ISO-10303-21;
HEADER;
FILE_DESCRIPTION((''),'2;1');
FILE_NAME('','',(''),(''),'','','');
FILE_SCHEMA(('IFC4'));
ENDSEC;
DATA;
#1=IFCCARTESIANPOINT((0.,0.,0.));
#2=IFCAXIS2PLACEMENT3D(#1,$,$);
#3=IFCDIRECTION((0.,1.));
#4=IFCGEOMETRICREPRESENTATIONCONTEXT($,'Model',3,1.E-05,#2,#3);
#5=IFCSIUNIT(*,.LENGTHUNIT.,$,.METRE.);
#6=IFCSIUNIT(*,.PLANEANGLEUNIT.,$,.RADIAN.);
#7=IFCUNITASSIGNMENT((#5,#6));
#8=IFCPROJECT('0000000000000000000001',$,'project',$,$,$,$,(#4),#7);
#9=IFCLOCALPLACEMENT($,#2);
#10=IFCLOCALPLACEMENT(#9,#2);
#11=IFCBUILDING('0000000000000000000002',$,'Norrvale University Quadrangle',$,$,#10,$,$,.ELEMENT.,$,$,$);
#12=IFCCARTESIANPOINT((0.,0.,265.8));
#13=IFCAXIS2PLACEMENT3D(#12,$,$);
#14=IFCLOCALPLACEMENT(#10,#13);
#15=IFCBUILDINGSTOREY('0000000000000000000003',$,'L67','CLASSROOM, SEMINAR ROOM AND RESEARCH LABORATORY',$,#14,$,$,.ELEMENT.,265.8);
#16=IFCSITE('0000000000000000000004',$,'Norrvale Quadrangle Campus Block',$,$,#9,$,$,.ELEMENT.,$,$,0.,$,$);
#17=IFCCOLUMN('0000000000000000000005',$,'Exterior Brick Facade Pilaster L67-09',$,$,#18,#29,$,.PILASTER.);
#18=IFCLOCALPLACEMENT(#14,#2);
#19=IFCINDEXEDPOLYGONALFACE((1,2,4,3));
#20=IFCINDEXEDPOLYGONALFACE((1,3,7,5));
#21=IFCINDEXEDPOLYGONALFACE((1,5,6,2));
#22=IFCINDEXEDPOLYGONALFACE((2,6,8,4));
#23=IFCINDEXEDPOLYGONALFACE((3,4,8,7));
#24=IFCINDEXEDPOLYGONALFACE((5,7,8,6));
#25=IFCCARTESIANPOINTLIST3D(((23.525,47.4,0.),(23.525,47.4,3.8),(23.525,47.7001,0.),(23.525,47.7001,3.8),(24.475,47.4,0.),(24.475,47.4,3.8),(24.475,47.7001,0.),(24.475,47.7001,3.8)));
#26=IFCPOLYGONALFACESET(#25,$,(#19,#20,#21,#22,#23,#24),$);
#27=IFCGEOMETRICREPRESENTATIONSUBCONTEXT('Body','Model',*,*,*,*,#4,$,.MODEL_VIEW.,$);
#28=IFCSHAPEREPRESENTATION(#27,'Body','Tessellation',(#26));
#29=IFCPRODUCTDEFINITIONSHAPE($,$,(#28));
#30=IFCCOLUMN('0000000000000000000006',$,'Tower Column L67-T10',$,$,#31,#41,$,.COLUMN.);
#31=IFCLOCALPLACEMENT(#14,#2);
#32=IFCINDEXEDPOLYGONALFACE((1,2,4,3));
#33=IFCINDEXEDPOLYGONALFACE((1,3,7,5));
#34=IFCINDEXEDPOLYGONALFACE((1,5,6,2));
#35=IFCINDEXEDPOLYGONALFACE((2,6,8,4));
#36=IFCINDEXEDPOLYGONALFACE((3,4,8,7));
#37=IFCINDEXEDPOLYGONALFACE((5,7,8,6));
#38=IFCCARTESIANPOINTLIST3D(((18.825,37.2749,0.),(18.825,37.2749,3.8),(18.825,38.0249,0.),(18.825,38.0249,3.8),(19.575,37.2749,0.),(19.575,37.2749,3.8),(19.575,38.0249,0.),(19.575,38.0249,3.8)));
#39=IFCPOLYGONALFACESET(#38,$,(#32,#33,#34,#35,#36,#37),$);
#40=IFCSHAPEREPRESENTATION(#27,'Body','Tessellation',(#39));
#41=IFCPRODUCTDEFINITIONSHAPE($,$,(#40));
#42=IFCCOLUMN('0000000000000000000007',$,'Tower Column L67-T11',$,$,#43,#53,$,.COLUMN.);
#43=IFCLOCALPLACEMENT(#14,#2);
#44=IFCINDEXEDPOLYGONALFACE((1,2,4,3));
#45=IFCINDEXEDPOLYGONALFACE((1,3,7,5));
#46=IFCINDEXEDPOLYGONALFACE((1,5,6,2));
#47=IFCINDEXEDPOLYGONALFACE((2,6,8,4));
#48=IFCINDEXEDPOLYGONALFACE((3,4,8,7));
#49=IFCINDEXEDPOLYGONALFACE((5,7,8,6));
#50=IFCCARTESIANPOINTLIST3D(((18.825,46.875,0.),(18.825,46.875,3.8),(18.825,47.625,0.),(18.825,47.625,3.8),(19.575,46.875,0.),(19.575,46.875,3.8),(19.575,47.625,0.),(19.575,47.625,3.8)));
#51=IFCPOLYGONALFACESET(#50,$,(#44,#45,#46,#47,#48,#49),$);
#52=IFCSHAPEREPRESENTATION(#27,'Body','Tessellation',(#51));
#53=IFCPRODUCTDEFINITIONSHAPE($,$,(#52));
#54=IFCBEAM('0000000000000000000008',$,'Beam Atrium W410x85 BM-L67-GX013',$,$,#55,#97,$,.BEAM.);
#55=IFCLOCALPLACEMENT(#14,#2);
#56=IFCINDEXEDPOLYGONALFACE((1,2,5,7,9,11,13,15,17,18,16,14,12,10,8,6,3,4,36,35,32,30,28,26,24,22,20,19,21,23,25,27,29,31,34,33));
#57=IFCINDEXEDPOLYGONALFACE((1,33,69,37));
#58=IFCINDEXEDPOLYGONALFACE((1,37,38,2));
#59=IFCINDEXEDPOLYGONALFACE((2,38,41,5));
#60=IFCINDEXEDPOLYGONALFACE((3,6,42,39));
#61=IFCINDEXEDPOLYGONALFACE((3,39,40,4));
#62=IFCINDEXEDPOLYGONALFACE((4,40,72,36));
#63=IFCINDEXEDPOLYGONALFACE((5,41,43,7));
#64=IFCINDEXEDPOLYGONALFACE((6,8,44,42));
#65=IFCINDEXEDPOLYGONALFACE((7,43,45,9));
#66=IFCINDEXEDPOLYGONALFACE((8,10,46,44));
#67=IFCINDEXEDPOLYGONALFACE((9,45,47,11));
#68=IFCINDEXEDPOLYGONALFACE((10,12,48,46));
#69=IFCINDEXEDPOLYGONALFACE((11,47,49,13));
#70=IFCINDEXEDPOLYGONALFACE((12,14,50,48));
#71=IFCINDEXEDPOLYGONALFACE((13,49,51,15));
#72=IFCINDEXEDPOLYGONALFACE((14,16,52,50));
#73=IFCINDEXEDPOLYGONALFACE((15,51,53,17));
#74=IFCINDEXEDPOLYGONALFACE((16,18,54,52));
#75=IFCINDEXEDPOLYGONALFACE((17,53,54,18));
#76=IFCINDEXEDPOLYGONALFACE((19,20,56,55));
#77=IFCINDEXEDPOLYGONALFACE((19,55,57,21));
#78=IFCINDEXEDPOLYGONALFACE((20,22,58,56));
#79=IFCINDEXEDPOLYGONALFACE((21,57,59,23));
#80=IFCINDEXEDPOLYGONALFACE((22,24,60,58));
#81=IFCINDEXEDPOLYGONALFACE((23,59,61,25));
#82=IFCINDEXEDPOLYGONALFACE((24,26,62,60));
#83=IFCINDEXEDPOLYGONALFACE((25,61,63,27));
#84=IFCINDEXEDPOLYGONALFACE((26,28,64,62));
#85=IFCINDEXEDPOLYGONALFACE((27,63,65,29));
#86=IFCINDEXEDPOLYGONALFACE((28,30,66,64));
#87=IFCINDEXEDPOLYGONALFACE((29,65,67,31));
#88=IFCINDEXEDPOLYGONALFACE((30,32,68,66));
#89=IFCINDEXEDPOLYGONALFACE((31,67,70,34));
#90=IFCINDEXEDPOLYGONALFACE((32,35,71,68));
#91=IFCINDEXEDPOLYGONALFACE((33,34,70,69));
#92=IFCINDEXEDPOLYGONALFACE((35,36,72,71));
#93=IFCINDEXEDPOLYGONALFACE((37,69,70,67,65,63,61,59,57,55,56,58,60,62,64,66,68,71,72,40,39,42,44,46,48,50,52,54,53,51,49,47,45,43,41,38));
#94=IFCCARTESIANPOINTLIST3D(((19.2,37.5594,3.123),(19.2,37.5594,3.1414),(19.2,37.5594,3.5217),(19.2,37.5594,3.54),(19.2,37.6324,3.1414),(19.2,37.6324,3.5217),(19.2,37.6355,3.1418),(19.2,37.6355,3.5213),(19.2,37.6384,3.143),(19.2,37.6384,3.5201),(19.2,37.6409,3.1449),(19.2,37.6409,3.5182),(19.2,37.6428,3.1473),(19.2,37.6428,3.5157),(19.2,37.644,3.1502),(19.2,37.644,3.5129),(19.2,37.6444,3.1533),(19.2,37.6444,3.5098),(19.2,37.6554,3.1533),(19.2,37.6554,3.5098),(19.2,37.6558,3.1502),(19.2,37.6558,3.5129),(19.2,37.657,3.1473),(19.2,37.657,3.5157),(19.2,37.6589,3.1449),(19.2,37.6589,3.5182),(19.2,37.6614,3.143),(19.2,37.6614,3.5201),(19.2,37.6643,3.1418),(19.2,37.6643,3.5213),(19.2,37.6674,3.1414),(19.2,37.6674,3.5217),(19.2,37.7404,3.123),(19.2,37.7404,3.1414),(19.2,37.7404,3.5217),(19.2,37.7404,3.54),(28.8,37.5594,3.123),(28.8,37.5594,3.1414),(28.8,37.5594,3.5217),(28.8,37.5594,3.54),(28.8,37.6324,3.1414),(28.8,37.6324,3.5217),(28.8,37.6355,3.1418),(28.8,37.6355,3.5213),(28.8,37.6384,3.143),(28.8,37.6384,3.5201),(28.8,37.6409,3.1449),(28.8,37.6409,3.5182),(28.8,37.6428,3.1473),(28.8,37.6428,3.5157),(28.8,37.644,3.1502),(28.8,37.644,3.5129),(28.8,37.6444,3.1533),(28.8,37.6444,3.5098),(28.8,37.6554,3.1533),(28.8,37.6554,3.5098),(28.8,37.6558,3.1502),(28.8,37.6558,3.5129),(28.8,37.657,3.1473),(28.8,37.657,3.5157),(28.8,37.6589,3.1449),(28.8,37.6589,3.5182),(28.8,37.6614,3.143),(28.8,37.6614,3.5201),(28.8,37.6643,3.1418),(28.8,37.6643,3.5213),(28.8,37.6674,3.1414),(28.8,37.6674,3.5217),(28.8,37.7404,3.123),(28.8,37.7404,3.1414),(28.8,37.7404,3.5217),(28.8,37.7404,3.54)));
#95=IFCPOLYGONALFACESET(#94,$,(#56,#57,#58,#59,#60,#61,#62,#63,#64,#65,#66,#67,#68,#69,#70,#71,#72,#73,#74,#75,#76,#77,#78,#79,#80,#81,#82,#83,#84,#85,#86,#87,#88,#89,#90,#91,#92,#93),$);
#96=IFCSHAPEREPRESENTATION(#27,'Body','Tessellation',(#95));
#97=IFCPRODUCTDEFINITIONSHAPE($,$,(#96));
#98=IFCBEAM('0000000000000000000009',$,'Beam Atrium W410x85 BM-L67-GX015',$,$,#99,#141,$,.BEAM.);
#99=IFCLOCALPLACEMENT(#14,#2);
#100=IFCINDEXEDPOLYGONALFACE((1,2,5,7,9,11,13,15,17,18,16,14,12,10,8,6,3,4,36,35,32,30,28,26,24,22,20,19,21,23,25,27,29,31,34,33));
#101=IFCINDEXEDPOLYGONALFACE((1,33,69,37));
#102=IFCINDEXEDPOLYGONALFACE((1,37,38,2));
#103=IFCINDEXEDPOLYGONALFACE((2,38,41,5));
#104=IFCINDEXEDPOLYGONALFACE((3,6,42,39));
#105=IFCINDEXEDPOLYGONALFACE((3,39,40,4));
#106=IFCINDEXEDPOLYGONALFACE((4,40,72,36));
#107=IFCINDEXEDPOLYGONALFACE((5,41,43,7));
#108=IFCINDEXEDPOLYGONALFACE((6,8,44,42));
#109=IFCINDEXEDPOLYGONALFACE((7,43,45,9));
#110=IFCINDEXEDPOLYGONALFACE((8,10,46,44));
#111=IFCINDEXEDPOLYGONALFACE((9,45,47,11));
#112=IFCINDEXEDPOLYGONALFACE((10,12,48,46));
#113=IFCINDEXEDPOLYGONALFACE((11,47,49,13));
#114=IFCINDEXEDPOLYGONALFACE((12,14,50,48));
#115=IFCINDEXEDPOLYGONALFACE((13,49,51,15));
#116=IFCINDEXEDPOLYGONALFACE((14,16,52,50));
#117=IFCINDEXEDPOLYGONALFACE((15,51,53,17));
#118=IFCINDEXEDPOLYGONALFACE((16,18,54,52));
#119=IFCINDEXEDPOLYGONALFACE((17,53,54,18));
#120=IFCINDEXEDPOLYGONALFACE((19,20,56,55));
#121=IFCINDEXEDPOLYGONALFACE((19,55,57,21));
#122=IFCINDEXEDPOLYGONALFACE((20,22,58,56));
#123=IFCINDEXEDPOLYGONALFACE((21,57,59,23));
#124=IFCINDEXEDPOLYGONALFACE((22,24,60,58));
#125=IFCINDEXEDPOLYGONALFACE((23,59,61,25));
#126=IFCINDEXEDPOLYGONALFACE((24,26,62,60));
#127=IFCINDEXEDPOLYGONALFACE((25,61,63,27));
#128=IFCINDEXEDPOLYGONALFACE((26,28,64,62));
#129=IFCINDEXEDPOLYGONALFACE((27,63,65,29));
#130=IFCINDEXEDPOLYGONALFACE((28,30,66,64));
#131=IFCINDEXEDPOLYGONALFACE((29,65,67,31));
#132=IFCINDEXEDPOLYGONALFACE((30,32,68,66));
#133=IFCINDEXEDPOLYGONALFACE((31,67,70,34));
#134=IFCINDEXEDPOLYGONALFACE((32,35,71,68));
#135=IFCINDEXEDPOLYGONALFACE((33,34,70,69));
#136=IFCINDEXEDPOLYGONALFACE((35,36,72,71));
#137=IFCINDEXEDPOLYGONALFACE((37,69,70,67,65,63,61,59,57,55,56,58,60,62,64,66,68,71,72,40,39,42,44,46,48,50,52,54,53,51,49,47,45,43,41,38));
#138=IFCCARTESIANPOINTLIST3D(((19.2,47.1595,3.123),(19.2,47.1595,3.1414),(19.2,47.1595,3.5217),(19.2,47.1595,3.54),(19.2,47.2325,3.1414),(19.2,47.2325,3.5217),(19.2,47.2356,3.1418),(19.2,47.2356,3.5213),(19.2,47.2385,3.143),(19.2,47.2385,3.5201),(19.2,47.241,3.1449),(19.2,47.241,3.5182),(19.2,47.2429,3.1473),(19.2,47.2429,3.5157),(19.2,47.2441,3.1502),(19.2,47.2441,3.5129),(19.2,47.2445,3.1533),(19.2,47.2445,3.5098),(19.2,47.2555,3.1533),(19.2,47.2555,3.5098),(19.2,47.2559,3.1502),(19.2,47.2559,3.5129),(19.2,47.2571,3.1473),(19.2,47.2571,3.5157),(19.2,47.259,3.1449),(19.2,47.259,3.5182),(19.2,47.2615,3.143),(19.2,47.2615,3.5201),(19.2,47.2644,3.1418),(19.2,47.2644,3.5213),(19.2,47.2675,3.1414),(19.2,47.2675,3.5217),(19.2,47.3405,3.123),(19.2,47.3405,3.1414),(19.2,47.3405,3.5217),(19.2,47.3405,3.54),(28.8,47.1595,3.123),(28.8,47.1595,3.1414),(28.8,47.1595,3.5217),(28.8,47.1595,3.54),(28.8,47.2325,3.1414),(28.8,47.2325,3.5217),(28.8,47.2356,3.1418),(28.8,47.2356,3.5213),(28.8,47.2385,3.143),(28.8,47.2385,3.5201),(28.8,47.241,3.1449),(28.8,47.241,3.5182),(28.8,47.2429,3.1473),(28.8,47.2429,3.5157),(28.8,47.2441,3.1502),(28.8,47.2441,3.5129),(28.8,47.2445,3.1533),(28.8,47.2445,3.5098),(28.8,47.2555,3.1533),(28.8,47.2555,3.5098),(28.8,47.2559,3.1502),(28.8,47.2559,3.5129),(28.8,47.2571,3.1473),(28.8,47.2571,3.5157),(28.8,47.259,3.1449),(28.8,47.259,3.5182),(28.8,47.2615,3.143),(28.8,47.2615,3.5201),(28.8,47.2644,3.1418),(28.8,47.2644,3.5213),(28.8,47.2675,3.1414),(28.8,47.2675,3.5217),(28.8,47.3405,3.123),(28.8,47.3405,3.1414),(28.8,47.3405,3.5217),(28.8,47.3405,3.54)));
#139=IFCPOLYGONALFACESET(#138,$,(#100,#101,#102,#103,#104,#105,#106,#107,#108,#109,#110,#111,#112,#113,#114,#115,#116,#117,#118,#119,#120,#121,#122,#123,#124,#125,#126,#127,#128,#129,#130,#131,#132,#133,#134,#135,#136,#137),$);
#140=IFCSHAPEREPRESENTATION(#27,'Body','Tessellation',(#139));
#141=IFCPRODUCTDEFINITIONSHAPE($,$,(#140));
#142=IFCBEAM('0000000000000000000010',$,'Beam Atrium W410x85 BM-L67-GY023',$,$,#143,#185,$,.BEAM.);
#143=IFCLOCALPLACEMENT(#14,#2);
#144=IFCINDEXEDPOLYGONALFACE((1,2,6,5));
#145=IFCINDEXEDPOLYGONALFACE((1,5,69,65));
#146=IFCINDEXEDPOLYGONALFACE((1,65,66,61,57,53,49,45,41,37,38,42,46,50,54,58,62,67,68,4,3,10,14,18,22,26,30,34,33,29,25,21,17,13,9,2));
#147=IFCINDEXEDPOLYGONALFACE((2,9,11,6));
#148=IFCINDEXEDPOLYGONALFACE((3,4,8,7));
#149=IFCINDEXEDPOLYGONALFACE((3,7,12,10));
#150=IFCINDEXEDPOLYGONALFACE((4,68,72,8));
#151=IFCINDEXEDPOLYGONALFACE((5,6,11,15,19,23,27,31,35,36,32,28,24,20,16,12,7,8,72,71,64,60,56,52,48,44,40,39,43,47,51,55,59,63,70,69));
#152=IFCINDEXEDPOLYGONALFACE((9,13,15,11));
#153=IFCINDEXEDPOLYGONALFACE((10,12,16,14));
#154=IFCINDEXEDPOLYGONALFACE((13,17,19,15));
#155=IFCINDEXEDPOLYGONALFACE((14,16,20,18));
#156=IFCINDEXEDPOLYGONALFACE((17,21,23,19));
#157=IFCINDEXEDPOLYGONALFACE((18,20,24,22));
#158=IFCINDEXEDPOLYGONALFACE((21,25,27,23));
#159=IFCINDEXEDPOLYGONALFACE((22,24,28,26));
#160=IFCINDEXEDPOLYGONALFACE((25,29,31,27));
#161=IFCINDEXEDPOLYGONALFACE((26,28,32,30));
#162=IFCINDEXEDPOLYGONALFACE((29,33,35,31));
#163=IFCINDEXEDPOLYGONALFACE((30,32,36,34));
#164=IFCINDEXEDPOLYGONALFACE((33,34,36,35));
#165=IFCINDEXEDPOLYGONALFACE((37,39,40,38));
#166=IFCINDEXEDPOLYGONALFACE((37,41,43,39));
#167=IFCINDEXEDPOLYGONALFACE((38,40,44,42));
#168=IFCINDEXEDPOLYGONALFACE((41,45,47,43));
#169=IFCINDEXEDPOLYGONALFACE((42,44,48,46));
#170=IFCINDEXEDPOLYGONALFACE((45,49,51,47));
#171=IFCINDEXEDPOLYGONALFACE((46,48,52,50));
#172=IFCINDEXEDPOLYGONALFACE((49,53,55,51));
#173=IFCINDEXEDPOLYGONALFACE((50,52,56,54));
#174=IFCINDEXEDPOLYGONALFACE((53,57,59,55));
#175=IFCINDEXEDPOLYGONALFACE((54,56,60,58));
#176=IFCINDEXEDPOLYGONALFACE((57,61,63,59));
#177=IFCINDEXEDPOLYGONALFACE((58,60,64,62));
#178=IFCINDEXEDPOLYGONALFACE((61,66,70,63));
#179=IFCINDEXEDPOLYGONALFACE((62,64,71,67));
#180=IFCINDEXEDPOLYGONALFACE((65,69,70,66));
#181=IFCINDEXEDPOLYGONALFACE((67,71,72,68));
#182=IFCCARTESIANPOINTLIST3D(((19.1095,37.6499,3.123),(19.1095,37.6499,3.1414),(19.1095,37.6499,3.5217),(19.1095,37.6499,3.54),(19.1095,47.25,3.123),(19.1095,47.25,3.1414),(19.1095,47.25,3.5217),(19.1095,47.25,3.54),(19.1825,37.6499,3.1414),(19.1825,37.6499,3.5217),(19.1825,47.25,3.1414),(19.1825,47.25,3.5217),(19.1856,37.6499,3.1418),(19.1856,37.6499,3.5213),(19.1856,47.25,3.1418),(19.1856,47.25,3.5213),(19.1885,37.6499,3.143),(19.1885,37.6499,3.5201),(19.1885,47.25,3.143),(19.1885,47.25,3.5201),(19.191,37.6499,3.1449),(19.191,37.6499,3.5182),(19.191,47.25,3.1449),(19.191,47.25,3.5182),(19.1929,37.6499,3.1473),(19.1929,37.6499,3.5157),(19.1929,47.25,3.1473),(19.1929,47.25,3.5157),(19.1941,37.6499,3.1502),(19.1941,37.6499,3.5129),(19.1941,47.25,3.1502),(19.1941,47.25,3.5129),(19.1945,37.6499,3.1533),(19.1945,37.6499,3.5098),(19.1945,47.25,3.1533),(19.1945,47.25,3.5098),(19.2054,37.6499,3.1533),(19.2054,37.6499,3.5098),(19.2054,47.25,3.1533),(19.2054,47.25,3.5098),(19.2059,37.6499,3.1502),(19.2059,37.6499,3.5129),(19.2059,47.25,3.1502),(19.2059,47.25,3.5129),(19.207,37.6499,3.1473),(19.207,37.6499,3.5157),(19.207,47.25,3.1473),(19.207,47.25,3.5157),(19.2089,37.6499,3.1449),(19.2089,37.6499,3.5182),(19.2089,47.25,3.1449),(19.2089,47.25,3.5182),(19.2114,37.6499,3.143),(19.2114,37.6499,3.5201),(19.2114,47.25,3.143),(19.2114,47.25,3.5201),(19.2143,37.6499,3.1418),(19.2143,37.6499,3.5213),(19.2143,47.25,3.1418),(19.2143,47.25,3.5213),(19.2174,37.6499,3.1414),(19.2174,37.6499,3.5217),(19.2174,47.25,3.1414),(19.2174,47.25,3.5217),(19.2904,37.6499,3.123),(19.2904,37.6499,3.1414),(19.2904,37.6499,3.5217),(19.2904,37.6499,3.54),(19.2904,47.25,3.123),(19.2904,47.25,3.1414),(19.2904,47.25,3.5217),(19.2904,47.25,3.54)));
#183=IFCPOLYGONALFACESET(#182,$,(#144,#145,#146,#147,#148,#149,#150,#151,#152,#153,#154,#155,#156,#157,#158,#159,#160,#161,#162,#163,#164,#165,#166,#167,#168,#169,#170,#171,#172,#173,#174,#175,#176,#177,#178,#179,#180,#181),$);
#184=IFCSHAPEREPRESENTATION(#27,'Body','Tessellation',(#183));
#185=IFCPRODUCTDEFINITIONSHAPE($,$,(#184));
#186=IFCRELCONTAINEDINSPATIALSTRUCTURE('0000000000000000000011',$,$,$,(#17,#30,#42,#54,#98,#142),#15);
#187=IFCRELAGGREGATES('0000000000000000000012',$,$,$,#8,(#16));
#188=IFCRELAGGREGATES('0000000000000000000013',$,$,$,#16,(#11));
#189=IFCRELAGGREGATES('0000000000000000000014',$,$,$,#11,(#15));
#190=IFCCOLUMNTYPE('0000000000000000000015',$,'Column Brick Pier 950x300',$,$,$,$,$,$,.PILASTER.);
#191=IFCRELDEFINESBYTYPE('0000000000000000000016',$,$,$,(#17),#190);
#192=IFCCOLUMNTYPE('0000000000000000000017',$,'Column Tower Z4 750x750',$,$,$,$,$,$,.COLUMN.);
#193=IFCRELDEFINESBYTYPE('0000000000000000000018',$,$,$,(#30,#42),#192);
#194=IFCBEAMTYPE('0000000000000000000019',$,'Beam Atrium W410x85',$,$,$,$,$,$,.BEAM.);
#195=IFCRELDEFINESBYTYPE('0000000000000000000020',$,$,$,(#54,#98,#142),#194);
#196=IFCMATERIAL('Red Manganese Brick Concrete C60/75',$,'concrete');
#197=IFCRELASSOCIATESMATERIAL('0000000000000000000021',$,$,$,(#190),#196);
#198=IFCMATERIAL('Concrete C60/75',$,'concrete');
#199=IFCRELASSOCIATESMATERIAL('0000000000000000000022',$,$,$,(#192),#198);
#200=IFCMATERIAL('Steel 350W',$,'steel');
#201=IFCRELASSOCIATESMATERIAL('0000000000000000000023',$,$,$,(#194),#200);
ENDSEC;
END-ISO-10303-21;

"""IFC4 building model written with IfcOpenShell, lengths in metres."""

from ifc_helpers import new_model, si_unit, direction, frame, origin, origin_2d, place, context, subcontext, project, spatial, rectangle, i_section, extrude, material, material_profile, profile_set, type_object, element, save


model = new_model("IFC4")

# Units and contexts
model_context = context("Model", 3, precision=1e-05, world=origin(), true_north=direction((0.0, 1.0)))
body_context = subcontext(model_context, "Body", "Model", "MODEL_VIEW")
ifc_project = project(units=[si_unit("LENGTHUNIT", "METRE"), si_unit("PLANEANGLEUNIT", "RADIAN")], contexts=[model_context])

# Site, building, storey
site_placement = place(None, origin())
site = spatial("IfcSite", under=ifc_project, at=site_placement, Name="Norrvale Quadrangle Campus Block", CompositionType="ELEMENT", RefElevation=0.0)
building_placement = place(site_placement, origin())
building = spatial("IfcBuilding", under=site, at=building_placement, Name="Norrvale University Quadrangle", CompositionType="ELEMENT")
storey_placement = place(building_placement, frame((0.0, 0.0, 265.8)))
storey = spatial("IfcBuildingStorey", under=building, at=storey_placement, Name="L67", Description="CLASSROOM, SEMINAR ROOM AND RESEARCH LABORATORY", CompositionType="ELEMENT", Elevation=265.8)

# Columns
ifc_material_1 = material(Name="Red Manganese Brick Concrete C60/75", Category="concrete")
ifc_material_profile_1 = material_profile(ifc_material_1, rectangle(XDim=0.95, YDim=0.3, at=origin_2d()), Name="Red Manganese Brick Concrete C60/75")
ifc_profile_set_1 = profile_set([ifc_material_profile_1], Name="Red Manganese Brick Concrete C60/75")
column_type_1 = type_object("IfcColumnType", Name="Column Brick Pier 950x300", PredefinedType="PILASTER", material=ifc_profile_set_1)
column_placement = place(storey_placement, frame((24.0, 47.55, 0.0), z_axis=(0.0, 0.0, 1.0), x_axis=(1.0, 0.0, 0.0)))
element("IfcColumn", 1, at=column_placement, inside=storey, type_object=column_type_1, Name="Exterior Brick Facade Pilaster L67-09", PredefinedType="PILASTER", context=body_context, shape_type="SweptSolid", body=[
    extrude(rectangle(XDim=0.95, YDim=0.3, at=origin_2d()), origin(), (0.0, 0.0, 1.0), 3.8),
])
ifc_material_2 = material(Name="Concrete C60/75", Category="concrete")
ifc_material_profile_2 = material_profile(ifc_material_2, rectangle(XDim=0.75, YDim=0.75, at=origin_2d()), Name="Concrete C60/75")
ifc_profile_set_2 = profile_set([ifc_material_profile_2], Name="Concrete C60/75")
column_type_2 = type_object("IfcColumnType", Name="Column Tower Z4 750x750", PredefinedType="COLUMN", material=ifc_profile_set_2)
for number, where, z_axis, x_axis, name in (
    (2, (19.2, 37.6499, 0.0), (0.0, 0.0, 1.0), (1.0, 0.0, 0.0), "Tower Column L67-T10"),
    (3, (19.2, 47.25, 0.0), (0.0, 0.0, 1.0), (1.0, 0.0, 0.0), "Tower Column L67-T11"),
):
    element("IfcColumn", number, at=place(storey_placement, frame(where, z_axis=z_axis, x_axis=x_axis)), inside=storey, type_object=column_type_2, Name=name, PredefinedType="COLUMN", context=body_context, shape_type="SweptSolid", body=[
        extrude(rectangle(XDim=0.75, YDim=0.75, at=origin_2d()), origin(), (0.0, 0.0, 1.0), 3.8),
    ])

# Beams
ifc_material_3 = material(Name="Steel 350W", Category="steel")
ifc_material_profile_3 = material_profile(ifc_material_3, i_section(OverallWidth=0.1809, OverallDepth=0.417, WebThickness=0.011, FlangeThickness=0.0183, FilletRadius=0.012, at=origin_2d()), Name="Steel 350W")
ifc_profile_set_3 = profile_set([ifc_material_profile_3], Name="Steel 350W")
beam_type_1 = type_object("IfcBeamType", Name="Beam Atrium W410x85", PredefinedType="BEAM", material=ifc_profile_set_3)
for number, where, z_axis, x_axis, name in (
    (4, (19.2, 37.6499, 3.3315), (1.0, 0.0, 0.0), (0.0, 1.0, 0.0), "Beam Atrium W410x85 BM-L67-GX013"),
    (5, (19.2, 47.25, 3.3315), (1.0, 0.0, 0.0), (0.0, 1.0, 0.0), "Beam Atrium W410x85 BM-L67-GX015"),
    (6, (19.2, 37.6499, 3.3315), (0.0, 1.0, 0.0), (-1.0, 0.0, 0.0), "Beam Atrium W410x85 BM-L67-GY023"),
):
    element("IfcBeam", number, at=place(storey_placement, frame(where, z_axis=z_axis, x_axis=x_axis)), inside=storey, type_object=beam_type_1, Name=name, PredefinedType="BEAM", context=body_context, shape_type="SweptSolid", body=[
        extrude(i_section(OverallWidth=0.1809, OverallDepth=0.417, WebThickness=0.011, FlangeThickness=0.0183, FilletRadius=0.012, at=origin_2d()), origin(), (0.0, 0.0, 1.0), 9.6001),
    ])

save(model, "model.ifc")
